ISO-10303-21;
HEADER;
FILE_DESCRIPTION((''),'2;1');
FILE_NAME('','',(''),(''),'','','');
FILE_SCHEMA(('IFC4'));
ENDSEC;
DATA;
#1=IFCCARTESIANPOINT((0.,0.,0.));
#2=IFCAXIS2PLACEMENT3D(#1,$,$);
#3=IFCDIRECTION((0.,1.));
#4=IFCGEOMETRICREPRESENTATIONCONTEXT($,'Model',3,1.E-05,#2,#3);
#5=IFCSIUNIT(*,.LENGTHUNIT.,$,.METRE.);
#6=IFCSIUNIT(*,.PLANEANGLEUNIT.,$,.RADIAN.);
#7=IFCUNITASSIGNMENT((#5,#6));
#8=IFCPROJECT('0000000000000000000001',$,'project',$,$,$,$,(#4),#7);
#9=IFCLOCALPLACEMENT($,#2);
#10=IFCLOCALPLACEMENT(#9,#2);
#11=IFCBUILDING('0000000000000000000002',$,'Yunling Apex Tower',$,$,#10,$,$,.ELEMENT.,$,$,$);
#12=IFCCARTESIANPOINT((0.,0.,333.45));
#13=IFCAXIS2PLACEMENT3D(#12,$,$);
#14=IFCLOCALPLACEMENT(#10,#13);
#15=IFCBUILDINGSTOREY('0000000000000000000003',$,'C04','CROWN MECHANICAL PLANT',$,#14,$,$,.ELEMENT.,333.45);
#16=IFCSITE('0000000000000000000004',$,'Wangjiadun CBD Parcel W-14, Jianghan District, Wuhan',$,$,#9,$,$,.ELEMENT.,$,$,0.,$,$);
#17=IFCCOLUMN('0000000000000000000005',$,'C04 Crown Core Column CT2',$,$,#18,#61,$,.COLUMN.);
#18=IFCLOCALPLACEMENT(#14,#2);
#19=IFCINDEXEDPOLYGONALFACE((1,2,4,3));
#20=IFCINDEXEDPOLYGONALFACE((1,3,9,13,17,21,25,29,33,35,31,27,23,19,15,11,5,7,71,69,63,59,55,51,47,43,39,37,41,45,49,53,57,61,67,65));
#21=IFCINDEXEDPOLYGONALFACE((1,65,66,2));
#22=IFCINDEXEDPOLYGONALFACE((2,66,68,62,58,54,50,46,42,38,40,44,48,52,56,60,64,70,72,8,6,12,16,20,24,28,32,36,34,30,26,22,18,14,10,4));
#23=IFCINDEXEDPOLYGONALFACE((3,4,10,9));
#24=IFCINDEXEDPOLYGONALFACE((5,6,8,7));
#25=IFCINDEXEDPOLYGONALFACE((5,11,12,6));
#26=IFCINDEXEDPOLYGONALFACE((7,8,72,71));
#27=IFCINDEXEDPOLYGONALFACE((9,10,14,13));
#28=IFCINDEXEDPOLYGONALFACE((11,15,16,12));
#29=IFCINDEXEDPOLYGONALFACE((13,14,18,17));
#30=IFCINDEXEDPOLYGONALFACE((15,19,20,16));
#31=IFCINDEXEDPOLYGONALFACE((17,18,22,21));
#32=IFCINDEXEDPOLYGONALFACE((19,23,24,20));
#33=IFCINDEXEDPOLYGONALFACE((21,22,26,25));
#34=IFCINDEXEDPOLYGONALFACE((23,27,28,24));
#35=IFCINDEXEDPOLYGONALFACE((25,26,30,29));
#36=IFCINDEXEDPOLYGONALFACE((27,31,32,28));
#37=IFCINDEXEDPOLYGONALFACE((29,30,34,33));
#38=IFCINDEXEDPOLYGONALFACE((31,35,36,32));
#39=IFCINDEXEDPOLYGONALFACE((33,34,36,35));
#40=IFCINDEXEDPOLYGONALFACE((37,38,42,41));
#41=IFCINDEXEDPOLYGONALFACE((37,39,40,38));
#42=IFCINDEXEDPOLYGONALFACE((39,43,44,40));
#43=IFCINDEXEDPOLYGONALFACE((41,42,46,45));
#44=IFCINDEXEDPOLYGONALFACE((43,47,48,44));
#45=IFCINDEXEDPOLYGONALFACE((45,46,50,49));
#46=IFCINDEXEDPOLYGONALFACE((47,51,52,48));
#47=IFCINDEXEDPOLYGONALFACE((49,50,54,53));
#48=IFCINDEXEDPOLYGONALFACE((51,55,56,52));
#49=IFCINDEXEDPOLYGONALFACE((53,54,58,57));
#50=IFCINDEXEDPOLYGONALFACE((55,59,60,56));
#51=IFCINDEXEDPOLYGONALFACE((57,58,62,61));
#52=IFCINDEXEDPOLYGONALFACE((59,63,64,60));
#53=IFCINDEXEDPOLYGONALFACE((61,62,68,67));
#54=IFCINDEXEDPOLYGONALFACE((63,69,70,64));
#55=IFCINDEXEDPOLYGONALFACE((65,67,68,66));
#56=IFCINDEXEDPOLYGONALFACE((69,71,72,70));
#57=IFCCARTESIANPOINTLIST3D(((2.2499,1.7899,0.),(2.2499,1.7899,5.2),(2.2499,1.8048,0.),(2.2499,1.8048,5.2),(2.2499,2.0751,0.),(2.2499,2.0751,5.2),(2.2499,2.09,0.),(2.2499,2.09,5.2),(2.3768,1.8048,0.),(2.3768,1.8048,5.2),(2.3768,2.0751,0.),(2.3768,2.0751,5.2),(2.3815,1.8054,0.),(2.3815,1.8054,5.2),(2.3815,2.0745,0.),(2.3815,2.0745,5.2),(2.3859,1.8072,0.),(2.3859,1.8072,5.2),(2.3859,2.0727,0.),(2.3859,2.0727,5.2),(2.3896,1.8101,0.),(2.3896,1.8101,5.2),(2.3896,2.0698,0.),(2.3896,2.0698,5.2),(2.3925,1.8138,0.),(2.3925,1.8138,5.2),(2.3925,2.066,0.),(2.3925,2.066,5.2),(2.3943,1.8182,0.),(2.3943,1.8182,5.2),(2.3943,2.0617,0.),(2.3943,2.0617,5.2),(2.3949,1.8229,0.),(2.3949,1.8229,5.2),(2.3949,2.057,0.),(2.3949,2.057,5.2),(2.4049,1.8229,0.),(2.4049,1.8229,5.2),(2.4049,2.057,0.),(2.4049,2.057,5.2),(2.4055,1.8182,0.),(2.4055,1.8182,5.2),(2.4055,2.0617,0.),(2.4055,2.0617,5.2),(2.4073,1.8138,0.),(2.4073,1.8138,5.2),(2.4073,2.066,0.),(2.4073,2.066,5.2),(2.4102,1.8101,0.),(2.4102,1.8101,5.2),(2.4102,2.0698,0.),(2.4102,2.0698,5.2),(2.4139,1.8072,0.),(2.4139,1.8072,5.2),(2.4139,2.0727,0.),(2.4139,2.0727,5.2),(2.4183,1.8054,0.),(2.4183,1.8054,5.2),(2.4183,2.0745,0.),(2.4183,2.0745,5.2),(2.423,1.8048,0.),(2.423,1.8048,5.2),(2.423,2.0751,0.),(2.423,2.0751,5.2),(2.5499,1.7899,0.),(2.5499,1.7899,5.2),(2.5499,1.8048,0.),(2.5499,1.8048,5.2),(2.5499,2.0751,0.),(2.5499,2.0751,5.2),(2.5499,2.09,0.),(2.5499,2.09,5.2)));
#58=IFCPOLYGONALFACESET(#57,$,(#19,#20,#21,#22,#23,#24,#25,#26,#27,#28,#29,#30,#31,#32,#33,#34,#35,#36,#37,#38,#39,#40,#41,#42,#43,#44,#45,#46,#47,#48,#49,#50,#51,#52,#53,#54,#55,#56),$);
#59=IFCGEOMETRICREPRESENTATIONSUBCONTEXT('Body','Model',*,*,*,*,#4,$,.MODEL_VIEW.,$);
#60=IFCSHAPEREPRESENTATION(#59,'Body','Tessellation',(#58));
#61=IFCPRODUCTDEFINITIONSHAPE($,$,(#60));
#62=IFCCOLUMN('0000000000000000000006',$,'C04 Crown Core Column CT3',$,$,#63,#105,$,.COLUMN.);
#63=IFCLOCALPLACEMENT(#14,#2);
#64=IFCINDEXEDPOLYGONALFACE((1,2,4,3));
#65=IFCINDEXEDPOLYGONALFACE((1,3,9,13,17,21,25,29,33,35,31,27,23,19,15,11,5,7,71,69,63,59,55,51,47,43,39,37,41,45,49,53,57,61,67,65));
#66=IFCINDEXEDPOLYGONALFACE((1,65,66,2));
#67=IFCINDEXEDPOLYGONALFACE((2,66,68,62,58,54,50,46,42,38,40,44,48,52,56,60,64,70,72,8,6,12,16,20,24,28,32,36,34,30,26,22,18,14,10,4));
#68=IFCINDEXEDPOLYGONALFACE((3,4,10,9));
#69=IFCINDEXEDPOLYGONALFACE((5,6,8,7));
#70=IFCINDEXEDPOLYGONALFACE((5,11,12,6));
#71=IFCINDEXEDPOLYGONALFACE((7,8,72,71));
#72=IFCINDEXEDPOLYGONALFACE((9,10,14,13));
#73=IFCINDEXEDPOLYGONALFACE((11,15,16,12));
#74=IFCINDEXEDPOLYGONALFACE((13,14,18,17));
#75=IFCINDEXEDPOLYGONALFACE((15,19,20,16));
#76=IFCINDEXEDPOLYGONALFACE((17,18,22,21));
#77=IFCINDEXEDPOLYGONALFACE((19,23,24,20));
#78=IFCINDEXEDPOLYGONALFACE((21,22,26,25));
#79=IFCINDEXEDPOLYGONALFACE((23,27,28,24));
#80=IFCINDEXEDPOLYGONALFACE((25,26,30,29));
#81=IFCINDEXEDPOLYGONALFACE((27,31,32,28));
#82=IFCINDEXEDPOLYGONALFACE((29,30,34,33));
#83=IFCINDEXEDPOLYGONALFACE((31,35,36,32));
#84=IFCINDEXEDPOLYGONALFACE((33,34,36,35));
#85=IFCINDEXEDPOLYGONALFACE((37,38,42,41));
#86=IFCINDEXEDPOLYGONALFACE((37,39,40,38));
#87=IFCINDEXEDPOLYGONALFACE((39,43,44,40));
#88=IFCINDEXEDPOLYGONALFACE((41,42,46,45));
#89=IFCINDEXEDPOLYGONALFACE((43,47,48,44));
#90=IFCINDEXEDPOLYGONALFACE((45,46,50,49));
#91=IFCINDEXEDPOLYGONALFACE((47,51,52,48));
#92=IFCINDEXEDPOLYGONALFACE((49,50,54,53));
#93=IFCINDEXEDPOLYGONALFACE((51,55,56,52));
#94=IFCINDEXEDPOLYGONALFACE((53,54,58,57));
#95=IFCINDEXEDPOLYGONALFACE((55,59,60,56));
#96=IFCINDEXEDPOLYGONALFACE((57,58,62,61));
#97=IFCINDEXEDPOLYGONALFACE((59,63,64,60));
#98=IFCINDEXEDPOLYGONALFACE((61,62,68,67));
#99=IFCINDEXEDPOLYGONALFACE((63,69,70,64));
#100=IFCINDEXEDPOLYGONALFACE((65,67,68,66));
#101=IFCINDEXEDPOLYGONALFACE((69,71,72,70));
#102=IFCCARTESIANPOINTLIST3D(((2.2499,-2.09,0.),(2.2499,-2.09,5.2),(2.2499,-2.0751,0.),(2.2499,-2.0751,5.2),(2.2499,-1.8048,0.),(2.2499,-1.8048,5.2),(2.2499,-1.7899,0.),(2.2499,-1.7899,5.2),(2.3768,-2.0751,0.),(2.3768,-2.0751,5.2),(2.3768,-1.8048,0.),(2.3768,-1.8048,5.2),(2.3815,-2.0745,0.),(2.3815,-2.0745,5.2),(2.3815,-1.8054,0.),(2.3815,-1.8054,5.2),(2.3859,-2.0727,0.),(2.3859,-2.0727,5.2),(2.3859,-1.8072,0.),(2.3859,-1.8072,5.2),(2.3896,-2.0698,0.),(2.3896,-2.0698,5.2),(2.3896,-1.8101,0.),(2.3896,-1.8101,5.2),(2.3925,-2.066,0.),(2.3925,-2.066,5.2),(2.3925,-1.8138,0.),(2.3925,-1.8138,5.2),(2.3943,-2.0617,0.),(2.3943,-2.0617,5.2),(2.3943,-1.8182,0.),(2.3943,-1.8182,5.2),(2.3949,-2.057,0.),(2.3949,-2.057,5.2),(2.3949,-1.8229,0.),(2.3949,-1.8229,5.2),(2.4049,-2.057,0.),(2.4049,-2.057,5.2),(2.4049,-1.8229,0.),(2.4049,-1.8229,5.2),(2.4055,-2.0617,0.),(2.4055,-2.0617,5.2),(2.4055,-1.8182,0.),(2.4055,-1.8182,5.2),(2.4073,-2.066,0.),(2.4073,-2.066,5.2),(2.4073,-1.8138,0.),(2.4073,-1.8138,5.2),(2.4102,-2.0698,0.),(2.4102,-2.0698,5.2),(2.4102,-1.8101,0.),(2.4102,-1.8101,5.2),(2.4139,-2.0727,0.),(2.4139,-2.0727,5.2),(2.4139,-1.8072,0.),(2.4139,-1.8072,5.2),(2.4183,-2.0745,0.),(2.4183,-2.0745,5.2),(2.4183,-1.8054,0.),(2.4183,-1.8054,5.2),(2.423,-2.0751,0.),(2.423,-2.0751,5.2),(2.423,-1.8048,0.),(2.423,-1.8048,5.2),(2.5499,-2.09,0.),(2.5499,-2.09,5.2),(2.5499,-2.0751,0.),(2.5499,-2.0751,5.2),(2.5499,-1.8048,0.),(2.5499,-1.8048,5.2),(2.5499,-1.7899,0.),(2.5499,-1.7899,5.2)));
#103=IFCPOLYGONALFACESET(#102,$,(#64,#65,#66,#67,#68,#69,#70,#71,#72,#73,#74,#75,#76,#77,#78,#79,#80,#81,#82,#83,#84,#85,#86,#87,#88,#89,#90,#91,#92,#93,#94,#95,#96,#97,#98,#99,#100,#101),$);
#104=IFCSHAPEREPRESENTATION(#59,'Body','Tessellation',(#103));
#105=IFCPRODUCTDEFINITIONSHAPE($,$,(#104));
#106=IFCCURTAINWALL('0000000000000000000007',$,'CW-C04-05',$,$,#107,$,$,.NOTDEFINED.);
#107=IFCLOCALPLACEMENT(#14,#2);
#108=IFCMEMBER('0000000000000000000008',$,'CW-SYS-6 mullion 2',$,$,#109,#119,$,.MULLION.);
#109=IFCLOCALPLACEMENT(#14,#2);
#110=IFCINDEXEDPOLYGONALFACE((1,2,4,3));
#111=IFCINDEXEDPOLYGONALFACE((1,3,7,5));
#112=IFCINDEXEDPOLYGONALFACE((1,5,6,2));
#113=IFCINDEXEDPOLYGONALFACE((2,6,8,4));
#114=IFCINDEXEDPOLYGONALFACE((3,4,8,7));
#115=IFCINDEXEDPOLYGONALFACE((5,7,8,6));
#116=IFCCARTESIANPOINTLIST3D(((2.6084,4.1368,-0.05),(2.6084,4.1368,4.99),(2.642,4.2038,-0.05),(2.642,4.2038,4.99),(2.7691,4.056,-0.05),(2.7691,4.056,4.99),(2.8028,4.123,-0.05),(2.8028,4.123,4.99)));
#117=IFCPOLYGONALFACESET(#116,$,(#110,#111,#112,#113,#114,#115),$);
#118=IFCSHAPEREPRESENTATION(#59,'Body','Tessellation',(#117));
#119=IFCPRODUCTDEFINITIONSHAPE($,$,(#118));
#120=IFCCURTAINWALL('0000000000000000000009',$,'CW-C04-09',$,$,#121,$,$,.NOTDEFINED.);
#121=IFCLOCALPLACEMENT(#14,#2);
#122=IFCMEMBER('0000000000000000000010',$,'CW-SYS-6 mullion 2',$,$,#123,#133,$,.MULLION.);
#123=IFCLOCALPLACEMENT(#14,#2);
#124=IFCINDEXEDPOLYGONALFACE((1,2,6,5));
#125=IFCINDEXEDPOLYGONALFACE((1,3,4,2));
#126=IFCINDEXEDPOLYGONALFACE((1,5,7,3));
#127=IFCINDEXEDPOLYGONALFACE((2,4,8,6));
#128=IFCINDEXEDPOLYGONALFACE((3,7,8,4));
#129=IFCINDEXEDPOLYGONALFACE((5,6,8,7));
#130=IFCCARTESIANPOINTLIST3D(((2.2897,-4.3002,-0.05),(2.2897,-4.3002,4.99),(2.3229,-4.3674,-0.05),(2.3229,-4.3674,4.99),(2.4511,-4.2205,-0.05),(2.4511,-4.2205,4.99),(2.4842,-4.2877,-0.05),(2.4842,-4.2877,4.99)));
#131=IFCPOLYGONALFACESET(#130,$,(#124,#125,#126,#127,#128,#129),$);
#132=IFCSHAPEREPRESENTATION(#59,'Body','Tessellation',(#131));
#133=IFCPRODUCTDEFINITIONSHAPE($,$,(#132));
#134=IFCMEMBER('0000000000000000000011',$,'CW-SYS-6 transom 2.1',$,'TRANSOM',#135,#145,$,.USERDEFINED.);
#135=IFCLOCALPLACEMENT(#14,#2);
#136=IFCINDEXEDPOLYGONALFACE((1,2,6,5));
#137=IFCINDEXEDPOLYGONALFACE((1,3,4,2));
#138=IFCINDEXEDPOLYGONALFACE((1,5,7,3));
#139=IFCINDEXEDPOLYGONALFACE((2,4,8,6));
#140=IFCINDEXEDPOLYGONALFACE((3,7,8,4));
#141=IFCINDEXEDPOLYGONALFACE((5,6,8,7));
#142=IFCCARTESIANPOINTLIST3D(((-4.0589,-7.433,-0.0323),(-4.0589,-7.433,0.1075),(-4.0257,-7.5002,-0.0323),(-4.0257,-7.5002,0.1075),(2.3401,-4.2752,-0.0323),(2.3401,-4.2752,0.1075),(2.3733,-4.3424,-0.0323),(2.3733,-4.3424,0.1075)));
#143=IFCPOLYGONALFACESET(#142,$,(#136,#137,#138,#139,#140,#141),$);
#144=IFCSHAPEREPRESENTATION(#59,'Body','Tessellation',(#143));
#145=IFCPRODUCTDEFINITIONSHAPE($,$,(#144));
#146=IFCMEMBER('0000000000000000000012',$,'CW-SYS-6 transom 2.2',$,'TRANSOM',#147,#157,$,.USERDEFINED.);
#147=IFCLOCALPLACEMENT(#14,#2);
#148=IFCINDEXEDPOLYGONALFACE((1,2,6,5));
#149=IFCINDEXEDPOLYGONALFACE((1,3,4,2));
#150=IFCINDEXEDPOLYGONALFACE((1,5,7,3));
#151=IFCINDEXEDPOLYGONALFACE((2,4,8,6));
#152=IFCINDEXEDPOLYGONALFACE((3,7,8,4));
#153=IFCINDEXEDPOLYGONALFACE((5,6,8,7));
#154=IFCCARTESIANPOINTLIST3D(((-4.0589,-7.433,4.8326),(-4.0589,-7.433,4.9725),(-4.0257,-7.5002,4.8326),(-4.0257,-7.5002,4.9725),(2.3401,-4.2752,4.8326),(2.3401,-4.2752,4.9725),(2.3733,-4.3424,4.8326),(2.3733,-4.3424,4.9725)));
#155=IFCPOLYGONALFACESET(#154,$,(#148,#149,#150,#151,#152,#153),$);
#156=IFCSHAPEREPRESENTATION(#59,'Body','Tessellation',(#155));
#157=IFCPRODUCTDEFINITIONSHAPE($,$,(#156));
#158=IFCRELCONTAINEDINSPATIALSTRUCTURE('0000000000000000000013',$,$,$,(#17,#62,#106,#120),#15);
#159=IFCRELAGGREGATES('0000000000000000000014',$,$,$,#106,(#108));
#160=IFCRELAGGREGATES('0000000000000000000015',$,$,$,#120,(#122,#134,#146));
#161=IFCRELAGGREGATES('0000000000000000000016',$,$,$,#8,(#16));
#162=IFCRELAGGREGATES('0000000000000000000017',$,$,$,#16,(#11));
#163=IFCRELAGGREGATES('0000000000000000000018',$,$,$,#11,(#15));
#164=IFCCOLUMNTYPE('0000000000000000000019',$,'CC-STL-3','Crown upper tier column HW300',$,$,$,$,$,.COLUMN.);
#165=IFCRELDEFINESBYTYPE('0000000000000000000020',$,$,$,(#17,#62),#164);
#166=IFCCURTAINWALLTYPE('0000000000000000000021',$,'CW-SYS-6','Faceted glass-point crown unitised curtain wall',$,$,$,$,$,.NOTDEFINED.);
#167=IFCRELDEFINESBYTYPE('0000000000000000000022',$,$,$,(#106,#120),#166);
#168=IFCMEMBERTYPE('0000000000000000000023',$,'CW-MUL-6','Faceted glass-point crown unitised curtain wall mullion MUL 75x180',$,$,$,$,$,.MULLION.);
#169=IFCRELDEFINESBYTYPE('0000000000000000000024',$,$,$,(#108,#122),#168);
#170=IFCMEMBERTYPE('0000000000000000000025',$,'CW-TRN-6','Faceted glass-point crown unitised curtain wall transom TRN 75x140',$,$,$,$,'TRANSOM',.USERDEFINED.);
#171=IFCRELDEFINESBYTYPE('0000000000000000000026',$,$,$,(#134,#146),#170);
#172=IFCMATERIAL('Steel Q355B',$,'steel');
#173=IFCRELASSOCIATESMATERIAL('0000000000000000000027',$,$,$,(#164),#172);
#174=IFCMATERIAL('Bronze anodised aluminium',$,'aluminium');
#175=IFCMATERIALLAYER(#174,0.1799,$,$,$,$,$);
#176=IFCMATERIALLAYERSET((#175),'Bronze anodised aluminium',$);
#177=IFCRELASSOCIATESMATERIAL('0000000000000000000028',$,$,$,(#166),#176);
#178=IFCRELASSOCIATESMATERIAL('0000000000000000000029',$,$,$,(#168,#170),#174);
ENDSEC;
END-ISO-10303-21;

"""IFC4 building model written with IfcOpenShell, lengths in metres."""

from ifc_helpers import new_model, si_unit, direction, frame, origin, origin_2d, place, context, subcontext, project, spatial, rectangle, i_section, extrude, source, transform, mapped, material, layer, layer_set, material_profile, profile_set, type_object, element, aggregate, save


model = new_model("IFC4")

# Units and contexts
model_context = context("Model", 3, precision=1e-05, world=origin(), true_north=direction((0.0, 1.0)))
body_context = subcontext(model_context, "Body", "Model", "MODEL_VIEW")
ifc_project = project(units=[si_unit("LENGTHUNIT", "METRE"), si_unit("PLANEANGLEUNIT", "RADIAN")], contexts=[model_context])

# Site, building, storey
site_placement = place(None, origin())
site = spatial("IfcSite", under=ifc_project, at=site_placement, Name="Wangjiadun CBD Parcel W-14, Jianghan District, Wuhan", CompositionType="ELEMENT", RefElevation=0.0)
building_placement = place(site_placement, origin())
building = spatial("IfcBuilding", under=site, at=building_placement, Name="Yunling Apex Tower", CompositionType="ELEMENT")
storey_placement = place(building_placement, frame((0.0, 0.0, 333.45)))
storey = spatial("IfcBuildingStorey", under=building, at=storey_placement, Name="C04", Description="CROWN MECHANICAL PLANT", CompositionType="ELEMENT", Elevation=333.45)

# Columns
ifc_material_1 = material(Name="Steel Q355B", Category="steel")
ifc_material_profile_1 = material_profile(ifc_material_1, i_section(OverallWidth=0.3, OverallDepth=0.3, WebThickness=0.01, FlangeThickness=0.0149, FilletRadius=0.0181, at=origin_2d()))
ifc_profile_set_1 = profile_set([ifc_material_profile_1], Name="Steel Q355B")
column_type = type_object("IfcColumnType", Name="CC-STL-3", Description="Crown upper tier column HW300", PredefinedType="COLUMN", material=ifc_profile_set_1)
shared_shape_1 = source(origin(), body_context, "Body", "SweptSolid", [
    extrude(i_section(OverallWidth=0.3, OverallDepth=0.3, WebThickness=0.01, FlangeThickness=0.0149, FilletRadius=0.0181, at=origin_2d()), origin(), (0.0, 0.0, 1.0), 5.2),
])
for number, where, z_axis, x_axis, name in (
    (1, (2.3999, 1.9399, 0.0), (0.0, 0.0, 1.0), (1.0, 0.0, 0.0), "C04 Crown Core Column CT2"),
    (2, (2.3999, -1.9399, 0.0), (0.0, 0.0, 1.0), (1.0, 0.0, 0.0), "C04 Crown Core Column CT3"),
):
    element("IfcColumn", number, at=place(storey_placement, frame(where, z_axis=z_axis, x_axis=x_axis)), inside=storey, type_object=column_type, Name=name, PredefinedType="COLUMN", context=body_context, shape_type="MappedRepresentation", body=[
        mapped(shared_shape_1, transform((0.0, 0.0, 0.0), scale=1.0)),
    ])

# Curtain wall, member
ifc_material_2 = material(Name="Bronze anodised aluminium", Category="aluminium")
ifc_layer_1 = layer(ifc_material_2, 0.1799)
ifc_layer_set_1 = layer_set([ifc_layer_1], Name="Bronze anodised aluminium")
curtain_wall_type = type_object("IfcCurtainWallType", Name="CW-SYS-6", Description="Faceted glass-point crown unitised curtain wall", PredefinedType="NOTDEFINED", material=ifc_layer_set_1)
curtain_wall_1_placement = place(storey_placement, origin())
curtain_wall_1 = element("IfcCurtainWall", 3, at=curtain_wall_1_placement, inside=storey, type_object=curtain_wall_type, Name="CW-C04-05", PredefinedType="NOTDEFINED")
ifc_material_profile_2 = material_profile(ifc_material_2, rectangle(XDim=0.075, YDim=0.1799, at=origin_2d()))
ifc_profile_set_2 = profile_set([ifc_material_profile_2], Name="Bronze anodised aluminium")
member_type_1 = type_object("IfcMemberType", Name="CW-MUL-6", Description="Faceted glass-point crown unitised curtain wall mullion MUL 75x180", PredefinedType="MULLION", material=ifc_profile_set_2)
shared_shape_2 = source(origin(), body_context, "Body", "SweptSolid", [
    extrude(rectangle(XDim=0.075, YDim=0.1799, at=origin_2d()), origin(), (0.0, 0.0, 1.0), 5.04),
])
member_1_placement = place(storey_placement, frame((2.7056, 4.1299, -0.05), z_axis=(0.0, 0.0, 1.0), x_axis=(0.449197, 0.893433, 0.0)))
member_1 = element("IfcMember", 4, at=member_1_placement, type_object=member_type_1, Name="CW-SYS-6 mullion 2", PredefinedType="MULLION", context=body_context, shape_type="MappedRepresentation", body=[
    mapped(shared_shape_2, transform((0.0, 0.0, 0.0), scale=1.0)),
])

# Curtain wall, members
curtain_wall_2_placement = place(storey_placement, origin())
curtain_wall_2 = element("IfcCurtainWall", 5, at=curtain_wall_2_placement, inside=storey, type_object=curtain_wall_type, Name="CW-C04-09", PredefinedType="NOTDEFINED")
member_2_placement = place(storey_placement, frame((2.387, -4.2939, -0.05), z_axis=(0.0, 0.0, 1.0), x_axis=(0.442517, -0.89676, 0.0)))
member_2 = element("IfcMember", 6, at=member_2_placement, type_object=member_type_1, Name="CW-SYS-6 mullion 2", PredefinedType="MULLION", context=body_context, shape_type="MappedRepresentation", body=[
    mapped(shared_shape_2, transform((0.0, 0.0, 0.0), scale=1.0)),
])
ifc_material_profile_3 = material_profile(ifc_material_2, rectangle(XDim=0.075, YDim=0.1399, at=origin_2d()))
ifc_profile_set_3 = profile_set([ifc_material_profile_3], Name="Bronze anodised aluminium")
member_type_2 = type_object("IfcMemberType", Name="CW-TRN-6", Description="Faceted glass-point crown unitised curtain wall transom TRN 75x140", ElementType="TRANSOM", PredefinedType="USERDEFINED", material=ifc_profile_set_3)
shared_shape_3 = source(origin(), body_context, "Body", "SweptSolid", [
    extrude(rectangle(XDim=0.075, YDim=0.1399, at=origin_2d()), origin(), (0.0, 0.0, 1.0), 7.1357),
])
member_3_placement = place(storey_placement, frame((2.3567, -4.3088, 0.0376), z_axis=(-0.896755, -0.442527, 0.0), x_axis=(0.442527, -0.896755, 0.0)))
member_3 = element("IfcMember", 7, at=member_3_placement, type_object=member_type_2, Name="CW-SYS-6 transom 2.1", ObjectType="TRANSOM", PredefinedType="USERDEFINED", context=body_context, shape_type="MappedRepresentation", body=[
    mapped(shared_shape_3, transform((0.0, 0.0, 0.0), scale=1.0)),
])
member_4_placement = place(storey_placement, frame((2.3567, -4.3088, 4.9026), z_axis=(-0.896755, -0.442527, 0.0), x_axis=(0.442527, -0.896755, 0.0)))
member_4 = element("IfcMember", 8, at=member_4_placement, type_object=member_type_2, Name="CW-SYS-6 transom 2.2", ObjectType="TRANSOM", PredefinedType="USERDEFINED", context=body_context, shape_type="MappedRepresentation", body=[
    mapped(shared_shape_3, transform((0.0, 0.0, 0.0), scale=1.0)),
])

aggregate(curtain_wall_1, [member_1])
aggregate(curtain_wall_2, [member_2, member_3, member_4])

save(model, "model.ifc")
